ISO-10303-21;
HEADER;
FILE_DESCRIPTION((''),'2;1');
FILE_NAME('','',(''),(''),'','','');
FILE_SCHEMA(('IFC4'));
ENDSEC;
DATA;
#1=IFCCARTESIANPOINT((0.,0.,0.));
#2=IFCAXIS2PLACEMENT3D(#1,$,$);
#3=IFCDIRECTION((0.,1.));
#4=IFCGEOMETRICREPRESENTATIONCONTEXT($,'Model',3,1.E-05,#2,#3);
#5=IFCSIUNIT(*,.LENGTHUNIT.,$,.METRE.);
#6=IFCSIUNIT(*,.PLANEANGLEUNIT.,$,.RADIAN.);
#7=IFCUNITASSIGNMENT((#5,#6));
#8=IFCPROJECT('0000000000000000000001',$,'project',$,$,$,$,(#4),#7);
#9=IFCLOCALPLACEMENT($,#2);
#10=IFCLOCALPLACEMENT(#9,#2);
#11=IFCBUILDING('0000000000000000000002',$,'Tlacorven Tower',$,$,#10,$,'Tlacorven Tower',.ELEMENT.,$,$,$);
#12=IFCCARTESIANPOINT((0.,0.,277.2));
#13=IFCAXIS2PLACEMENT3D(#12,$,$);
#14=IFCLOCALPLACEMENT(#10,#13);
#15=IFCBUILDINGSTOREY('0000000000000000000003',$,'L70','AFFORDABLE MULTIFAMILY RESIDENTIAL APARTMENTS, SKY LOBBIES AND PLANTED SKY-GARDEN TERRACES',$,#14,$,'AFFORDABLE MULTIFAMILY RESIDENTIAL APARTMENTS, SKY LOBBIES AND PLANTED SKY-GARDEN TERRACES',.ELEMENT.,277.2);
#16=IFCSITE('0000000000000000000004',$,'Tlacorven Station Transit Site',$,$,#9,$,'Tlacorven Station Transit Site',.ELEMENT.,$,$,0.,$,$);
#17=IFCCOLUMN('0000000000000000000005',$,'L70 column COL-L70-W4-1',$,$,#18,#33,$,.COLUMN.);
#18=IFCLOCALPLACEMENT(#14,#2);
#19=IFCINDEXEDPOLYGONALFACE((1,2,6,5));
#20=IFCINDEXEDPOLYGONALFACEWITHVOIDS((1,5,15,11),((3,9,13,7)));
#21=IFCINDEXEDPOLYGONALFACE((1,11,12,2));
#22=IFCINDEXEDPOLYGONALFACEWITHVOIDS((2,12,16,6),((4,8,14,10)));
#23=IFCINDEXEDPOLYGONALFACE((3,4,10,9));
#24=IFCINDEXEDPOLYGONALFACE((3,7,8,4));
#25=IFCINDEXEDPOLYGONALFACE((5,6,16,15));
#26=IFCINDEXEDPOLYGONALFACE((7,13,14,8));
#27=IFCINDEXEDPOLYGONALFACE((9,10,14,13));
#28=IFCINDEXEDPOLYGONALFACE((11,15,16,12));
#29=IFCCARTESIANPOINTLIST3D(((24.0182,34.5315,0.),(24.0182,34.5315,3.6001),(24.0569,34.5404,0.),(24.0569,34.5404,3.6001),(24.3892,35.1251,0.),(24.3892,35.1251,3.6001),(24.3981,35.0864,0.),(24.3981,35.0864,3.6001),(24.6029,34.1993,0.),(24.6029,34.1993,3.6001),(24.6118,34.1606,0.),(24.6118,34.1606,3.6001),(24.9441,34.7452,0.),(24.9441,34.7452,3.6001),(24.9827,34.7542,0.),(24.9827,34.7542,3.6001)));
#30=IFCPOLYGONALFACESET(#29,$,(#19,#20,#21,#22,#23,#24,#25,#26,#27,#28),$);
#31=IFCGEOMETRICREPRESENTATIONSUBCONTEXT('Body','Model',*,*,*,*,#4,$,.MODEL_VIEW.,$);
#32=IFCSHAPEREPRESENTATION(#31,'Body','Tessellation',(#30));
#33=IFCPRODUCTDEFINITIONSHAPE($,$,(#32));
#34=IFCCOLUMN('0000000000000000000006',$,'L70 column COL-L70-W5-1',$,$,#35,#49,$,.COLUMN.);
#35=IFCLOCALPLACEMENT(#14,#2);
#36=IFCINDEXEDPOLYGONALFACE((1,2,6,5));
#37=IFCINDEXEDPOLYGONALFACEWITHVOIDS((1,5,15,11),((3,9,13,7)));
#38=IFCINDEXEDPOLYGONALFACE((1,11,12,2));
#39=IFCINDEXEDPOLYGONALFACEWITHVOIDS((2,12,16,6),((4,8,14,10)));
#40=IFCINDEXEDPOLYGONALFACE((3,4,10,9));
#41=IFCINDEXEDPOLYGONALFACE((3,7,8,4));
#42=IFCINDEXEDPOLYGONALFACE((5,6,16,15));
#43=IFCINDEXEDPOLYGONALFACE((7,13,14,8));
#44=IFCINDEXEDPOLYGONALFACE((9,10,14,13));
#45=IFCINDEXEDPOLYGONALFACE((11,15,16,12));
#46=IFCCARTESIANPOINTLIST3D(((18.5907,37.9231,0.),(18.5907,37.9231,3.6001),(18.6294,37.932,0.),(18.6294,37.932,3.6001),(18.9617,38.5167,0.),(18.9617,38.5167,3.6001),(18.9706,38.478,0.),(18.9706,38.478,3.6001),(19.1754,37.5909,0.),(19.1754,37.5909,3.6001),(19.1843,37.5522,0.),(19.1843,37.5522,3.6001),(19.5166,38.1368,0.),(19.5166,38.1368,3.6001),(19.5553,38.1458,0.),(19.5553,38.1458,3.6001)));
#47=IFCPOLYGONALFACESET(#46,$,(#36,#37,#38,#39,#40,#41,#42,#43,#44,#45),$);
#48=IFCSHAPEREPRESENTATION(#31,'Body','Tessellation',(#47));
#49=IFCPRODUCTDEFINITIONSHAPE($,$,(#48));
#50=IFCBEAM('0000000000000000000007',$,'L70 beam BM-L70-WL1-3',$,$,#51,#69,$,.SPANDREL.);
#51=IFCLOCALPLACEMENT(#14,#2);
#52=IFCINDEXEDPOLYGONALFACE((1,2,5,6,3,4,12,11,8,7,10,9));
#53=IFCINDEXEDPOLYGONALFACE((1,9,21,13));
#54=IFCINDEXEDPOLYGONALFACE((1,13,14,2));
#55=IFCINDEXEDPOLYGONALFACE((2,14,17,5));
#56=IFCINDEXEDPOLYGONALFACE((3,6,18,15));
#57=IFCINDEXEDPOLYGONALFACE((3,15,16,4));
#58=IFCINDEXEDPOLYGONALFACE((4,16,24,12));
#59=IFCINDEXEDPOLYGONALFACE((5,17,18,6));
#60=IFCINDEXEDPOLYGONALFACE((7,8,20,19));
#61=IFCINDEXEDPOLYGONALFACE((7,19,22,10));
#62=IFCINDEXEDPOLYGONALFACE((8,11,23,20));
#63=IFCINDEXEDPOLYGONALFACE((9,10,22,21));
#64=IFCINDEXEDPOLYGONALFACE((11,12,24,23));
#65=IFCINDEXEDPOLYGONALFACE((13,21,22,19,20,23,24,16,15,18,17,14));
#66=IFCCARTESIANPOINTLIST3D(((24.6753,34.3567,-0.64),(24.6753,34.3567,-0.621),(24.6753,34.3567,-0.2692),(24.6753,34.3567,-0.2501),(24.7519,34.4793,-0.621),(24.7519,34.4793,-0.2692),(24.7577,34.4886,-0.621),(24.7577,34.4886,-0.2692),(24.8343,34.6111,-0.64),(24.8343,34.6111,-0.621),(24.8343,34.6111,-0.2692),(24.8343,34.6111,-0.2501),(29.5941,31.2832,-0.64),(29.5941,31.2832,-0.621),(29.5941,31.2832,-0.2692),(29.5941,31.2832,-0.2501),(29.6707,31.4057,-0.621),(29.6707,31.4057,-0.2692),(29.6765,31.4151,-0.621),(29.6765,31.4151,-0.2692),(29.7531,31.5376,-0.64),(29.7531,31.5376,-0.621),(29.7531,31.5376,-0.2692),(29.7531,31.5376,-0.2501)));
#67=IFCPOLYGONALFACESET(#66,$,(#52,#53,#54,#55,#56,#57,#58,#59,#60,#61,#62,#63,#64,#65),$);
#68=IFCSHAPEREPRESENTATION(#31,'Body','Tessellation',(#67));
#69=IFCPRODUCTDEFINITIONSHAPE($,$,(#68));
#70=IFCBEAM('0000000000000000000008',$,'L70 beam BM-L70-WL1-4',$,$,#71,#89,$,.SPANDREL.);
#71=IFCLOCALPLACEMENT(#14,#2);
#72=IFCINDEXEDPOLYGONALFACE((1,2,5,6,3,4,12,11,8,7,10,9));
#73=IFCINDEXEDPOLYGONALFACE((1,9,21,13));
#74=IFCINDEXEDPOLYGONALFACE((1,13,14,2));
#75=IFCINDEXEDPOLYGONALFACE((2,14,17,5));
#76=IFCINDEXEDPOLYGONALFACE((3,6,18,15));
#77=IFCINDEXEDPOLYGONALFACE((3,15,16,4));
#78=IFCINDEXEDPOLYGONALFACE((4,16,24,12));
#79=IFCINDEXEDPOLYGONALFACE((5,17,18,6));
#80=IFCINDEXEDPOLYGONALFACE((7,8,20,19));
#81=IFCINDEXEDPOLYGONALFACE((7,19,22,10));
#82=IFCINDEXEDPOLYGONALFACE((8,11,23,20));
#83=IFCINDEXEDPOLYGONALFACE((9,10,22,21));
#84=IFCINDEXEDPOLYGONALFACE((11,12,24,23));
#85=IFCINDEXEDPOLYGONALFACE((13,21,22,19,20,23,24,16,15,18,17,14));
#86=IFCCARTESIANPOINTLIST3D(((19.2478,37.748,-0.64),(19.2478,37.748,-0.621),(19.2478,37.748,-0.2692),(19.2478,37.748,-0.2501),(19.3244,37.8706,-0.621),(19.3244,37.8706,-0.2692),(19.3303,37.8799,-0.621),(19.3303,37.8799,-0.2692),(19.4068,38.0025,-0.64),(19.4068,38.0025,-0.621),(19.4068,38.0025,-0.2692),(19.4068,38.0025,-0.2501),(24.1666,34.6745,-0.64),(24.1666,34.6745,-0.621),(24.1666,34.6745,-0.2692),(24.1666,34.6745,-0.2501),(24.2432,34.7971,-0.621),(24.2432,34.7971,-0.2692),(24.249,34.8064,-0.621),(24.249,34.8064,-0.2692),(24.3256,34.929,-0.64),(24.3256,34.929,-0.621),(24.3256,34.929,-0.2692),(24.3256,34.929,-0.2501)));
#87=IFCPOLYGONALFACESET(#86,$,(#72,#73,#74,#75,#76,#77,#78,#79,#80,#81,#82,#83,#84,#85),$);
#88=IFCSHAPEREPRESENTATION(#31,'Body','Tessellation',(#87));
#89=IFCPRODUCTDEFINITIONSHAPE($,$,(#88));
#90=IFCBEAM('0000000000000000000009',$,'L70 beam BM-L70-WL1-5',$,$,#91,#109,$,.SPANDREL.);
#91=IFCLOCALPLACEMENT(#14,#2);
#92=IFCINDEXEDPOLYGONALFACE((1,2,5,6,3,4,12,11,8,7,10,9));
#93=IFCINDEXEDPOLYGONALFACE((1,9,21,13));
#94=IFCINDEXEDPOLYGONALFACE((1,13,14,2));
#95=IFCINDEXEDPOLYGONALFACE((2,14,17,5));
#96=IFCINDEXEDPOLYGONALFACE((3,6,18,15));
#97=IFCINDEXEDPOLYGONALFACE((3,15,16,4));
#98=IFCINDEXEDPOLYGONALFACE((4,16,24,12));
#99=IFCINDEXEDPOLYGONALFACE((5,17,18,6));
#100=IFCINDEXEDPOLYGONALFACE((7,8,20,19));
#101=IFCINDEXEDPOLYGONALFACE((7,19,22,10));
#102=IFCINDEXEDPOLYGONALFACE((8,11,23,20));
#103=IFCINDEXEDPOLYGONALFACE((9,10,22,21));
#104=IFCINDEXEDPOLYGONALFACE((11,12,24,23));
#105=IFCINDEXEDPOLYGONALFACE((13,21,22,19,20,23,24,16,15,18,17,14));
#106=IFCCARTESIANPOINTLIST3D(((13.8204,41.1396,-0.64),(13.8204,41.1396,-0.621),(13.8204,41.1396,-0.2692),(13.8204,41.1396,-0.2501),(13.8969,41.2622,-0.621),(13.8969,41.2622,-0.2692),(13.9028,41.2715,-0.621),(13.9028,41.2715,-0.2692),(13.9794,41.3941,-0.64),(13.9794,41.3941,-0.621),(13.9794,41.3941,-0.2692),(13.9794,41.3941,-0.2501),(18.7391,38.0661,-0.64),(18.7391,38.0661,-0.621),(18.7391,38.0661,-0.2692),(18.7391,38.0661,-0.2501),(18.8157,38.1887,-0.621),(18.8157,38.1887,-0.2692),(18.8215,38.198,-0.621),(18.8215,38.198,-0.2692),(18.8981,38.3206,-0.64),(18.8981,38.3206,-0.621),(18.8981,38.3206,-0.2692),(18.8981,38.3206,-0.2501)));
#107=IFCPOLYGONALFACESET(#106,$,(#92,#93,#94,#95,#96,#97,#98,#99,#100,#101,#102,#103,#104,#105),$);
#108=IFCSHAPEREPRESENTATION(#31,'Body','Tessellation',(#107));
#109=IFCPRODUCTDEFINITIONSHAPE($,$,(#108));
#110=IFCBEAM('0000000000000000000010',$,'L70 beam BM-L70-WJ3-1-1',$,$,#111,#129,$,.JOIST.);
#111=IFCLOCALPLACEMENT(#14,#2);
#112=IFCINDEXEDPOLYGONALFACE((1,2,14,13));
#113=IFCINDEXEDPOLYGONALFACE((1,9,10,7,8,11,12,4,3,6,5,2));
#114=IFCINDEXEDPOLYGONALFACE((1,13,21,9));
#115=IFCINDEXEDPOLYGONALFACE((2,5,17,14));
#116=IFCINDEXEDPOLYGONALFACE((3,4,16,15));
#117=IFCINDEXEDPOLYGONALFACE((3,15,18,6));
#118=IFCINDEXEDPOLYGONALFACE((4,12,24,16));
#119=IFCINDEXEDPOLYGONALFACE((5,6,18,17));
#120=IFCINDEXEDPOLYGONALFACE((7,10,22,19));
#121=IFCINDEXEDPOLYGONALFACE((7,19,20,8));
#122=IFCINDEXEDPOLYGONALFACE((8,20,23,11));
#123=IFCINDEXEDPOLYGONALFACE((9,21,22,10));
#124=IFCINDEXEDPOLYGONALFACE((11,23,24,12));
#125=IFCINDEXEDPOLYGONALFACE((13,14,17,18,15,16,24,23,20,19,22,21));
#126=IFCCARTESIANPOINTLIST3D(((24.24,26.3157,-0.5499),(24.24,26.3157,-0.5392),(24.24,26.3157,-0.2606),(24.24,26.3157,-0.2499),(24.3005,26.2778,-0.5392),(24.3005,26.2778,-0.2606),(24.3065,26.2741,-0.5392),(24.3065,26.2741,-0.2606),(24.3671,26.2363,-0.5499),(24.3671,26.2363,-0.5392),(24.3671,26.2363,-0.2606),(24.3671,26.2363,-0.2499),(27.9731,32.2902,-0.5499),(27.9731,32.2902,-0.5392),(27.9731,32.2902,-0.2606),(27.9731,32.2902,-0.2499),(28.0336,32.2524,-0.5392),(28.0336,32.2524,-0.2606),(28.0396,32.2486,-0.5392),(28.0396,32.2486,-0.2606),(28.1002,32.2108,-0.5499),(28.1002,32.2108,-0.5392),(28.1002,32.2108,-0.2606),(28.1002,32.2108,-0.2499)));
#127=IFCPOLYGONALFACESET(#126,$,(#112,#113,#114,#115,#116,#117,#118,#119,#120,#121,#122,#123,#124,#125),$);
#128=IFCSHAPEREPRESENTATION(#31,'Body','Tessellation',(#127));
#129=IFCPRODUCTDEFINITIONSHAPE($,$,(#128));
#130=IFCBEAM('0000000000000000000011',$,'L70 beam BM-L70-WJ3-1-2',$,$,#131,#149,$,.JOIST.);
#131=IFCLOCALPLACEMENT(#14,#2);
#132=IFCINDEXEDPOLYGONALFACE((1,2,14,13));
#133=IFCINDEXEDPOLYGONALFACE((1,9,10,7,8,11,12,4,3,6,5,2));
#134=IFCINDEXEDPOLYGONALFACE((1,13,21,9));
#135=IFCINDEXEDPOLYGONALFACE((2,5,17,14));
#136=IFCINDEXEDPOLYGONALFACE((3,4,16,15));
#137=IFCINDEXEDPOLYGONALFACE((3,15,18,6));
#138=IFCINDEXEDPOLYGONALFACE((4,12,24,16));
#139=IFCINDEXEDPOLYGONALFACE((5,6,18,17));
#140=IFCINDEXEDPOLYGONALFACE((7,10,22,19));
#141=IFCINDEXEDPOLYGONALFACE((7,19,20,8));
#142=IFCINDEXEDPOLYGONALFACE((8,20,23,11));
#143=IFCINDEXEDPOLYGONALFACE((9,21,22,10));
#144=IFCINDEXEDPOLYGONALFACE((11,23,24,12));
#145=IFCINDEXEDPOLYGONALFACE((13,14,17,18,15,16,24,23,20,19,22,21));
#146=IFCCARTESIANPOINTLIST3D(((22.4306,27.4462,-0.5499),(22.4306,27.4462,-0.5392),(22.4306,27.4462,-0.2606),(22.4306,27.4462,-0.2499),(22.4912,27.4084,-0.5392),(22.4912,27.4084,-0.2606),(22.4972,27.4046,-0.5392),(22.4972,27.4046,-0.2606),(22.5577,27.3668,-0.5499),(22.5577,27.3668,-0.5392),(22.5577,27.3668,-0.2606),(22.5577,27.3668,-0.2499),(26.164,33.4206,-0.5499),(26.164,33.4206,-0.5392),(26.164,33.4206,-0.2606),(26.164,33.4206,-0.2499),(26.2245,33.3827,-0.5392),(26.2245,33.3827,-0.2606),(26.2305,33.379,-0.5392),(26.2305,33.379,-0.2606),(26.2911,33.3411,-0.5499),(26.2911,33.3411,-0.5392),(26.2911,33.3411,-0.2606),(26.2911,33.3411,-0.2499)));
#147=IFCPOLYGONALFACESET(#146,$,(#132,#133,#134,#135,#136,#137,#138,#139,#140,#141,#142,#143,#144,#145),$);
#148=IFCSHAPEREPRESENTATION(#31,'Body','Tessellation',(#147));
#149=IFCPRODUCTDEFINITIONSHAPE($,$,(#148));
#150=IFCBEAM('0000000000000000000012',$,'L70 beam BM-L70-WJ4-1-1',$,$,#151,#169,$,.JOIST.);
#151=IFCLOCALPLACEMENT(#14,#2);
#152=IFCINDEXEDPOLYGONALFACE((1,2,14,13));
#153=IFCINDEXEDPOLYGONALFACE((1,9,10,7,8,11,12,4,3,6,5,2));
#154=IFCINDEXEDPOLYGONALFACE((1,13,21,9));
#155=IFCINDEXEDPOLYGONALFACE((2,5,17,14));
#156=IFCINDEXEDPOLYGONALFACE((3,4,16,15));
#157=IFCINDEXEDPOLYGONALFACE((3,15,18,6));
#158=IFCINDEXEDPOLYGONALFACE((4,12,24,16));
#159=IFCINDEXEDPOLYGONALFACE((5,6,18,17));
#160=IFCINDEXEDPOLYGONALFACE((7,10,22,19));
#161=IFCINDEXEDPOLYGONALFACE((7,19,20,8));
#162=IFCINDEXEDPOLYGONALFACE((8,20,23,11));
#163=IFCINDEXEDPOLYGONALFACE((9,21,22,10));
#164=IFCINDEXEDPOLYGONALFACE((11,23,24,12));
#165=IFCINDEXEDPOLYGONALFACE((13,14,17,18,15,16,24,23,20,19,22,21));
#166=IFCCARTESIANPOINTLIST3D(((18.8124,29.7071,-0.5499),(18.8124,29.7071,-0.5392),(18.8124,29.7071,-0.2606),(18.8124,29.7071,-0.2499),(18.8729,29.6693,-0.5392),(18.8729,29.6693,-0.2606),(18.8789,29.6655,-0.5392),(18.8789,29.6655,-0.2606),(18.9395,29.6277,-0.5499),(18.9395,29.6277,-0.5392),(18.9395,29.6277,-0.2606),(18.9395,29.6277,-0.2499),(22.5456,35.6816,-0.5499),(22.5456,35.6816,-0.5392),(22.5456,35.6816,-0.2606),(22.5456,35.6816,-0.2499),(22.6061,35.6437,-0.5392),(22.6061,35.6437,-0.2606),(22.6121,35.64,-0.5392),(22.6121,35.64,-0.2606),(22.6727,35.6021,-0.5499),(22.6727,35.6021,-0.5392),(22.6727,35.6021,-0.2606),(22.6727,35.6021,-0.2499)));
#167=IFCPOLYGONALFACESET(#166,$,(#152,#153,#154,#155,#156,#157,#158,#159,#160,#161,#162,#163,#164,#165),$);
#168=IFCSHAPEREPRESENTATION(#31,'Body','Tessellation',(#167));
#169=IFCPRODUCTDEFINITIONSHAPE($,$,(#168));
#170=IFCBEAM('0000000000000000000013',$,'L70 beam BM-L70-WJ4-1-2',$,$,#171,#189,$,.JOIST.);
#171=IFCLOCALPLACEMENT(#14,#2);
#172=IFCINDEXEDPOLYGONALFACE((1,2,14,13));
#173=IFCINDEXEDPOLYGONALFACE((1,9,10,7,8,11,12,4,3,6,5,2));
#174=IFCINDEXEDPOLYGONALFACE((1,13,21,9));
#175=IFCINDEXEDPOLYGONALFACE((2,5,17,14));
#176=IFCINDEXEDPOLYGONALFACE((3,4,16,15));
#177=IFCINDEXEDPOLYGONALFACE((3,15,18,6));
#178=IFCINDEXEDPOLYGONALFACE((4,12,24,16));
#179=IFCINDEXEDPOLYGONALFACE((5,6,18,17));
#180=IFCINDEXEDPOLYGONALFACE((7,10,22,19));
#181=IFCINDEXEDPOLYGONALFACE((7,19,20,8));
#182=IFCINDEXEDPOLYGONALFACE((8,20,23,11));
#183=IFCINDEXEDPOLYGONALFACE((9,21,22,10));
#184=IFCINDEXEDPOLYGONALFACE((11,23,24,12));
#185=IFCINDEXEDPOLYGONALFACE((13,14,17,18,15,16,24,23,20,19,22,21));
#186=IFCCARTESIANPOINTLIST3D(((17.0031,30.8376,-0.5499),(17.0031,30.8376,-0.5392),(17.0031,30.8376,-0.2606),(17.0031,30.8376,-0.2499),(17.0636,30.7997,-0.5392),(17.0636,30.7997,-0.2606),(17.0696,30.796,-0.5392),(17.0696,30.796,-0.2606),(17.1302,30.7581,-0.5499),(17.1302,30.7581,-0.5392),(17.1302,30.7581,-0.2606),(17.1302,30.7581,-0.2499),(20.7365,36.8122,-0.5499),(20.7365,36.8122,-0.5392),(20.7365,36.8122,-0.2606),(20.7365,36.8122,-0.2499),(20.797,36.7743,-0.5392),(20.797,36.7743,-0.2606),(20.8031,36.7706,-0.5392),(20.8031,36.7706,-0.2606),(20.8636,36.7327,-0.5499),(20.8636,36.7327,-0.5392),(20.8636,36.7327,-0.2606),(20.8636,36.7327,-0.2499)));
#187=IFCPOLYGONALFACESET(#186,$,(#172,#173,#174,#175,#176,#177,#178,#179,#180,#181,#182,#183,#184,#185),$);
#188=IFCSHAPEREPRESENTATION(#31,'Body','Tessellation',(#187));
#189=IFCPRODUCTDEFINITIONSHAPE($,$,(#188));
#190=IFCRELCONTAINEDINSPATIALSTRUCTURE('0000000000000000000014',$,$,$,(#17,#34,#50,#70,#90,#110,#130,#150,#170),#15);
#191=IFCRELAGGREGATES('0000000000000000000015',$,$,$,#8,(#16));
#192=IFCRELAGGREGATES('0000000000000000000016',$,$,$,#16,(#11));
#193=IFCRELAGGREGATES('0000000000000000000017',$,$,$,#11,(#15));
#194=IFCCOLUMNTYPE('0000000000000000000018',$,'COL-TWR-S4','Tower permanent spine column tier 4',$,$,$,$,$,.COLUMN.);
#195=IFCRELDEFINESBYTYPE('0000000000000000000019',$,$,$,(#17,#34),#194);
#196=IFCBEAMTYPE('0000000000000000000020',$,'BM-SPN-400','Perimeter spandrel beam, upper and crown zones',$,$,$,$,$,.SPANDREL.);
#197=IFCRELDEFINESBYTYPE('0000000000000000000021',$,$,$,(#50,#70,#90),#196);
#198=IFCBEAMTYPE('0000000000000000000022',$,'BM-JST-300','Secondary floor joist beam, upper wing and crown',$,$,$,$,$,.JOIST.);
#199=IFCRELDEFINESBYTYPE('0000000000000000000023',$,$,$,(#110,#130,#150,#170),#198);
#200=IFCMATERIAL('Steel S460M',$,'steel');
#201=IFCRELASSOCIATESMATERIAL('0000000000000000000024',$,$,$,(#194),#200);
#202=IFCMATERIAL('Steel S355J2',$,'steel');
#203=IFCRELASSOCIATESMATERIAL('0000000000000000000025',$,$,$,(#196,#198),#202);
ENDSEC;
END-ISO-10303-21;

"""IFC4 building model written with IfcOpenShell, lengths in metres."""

from ifc_helpers import new_model, si_unit, direction, frame, origin, origin_2d, place, context, subcontext, project, spatial, hollow_rectangle, i_section, extrude, source, transform, mapped, material, material_profile, profile_set, type_object, element, save


model = new_model("IFC4")

# Units and contexts
model_context = context("Model", 3, precision=1e-05, world=origin(), true_north=direction((0.0, 1.0)))
body_context = subcontext(model_context, "Body", "Model", "MODEL_VIEW")
ifc_project = project(units=[si_unit("LENGTHUNIT", "METRE"), si_unit("PLANEANGLEUNIT", "RADIAN")], contexts=[model_context])

# Site, building, storey
site_placement = place(None, origin())
site = spatial("IfcSite", under=ifc_project, at=site_placement, Name="Tlacorven Station Transit Site", LongName="Tlacorven Station Transit Site", CompositionType="ELEMENT", RefElevation=0.0)
building_placement = place(site_placement, origin())
building = spatial("IfcBuilding", under=site, at=building_placement, Name="Tlacorven Tower", LongName="Tlacorven Tower", CompositionType="ELEMENT")
storey_placement = place(building_placement, frame((0.0, 0.0, 277.2)))
storey = spatial("IfcBuildingStorey", under=building, at=storey_placement, Name="L70", Description="AFFORDABLE MULTIFAMILY RESIDENTIAL APARTMENTS, SKY LOBBIES AND PLANTED SKY-GARDEN TERRACES", LongName="AFFORDABLE MULTIFAMILY RESIDENTIAL APARTMENTS, SKY LOBBIES AND PLANTED SKY-GARDEN TERRACES", CompositionType="ELEMENT", Elevation=277.2)

# Columns
ifc_material_1 = material(Name="Steel S460M", Category="steel")
ifc_material_profile_1 = material_profile(ifc_material_1, hollow_rectangle(XDim=0.7, YDim=0.7, WallThickness=0.0281, at=origin_2d()), Name="BOX 700X700X28")
ifc_profile_set_1 = profile_set([ifc_material_profile_1], Name="Steel S460M")
column_type = type_object("IfcColumnType", Name="COL-TWR-S4", Description="Tower permanent spine column tier 4", PredefinedType="COLUMN", material=ifc_profile_set_1)
shared_shape_1 = source(origin(), body_context, "Body", "SweptSolid", [
    extrude(hollow_rectangle(XDim=0.7, YDim=0.7, WallThickness=0.0281, at=origin_2d()), origin(), (0.0, 0.0, 1.0), 3.6001),
])
for number, where, z_axis, x_axis, name in (
    (1, (24.5005, 34.6428, 0.0), (0.0, 0.0, 1.0), (-0.848048, 0.529919, 0.0), "L70 column COL-L70-W4-1"),
    (2, (19.073, 38.0344, 0.0), (0.0, 0.0, 1.0), (-0.848048, 0.529919, 0.0), "L70 column COL-L70-W5-1"),
):
    element("IfcColumn", number, at=place(storey_placement, frame(where, z_axis=z_axis, x_axis=x_axis)), inside=storey, type_object=column_type, Name=name, PredefinedType="COLUMN", context=body_context, shape_type="MappedRepresentation", body=[
        mapped(shared_shape_1, transform((0.0, 0.0, 0.0), scale=1.0)),
    ])

# Beams
ifc_material_2 = material(Name="Steel S355J2", Category="steel")
ifc_material_profile_2 = material_profile(ifc_material_2, i_section(OverallWidth=0.3, OverallDepth=0.3899, WebThickness=0.011, FlangeThickness=0.019, at=origin_2d()), Name="HEA 400")
ifc_profile_set_2 = profile_set([ifc_material_profile_2], Name="Steel S355J2")
beam_type_1 = type_object("IfcBeamType", Name="BM-SPN-400", Description="Perimeter spandrel beam, upper and crown zones", PredefinedType="SPANDREL", material=ifc_profile_set_2)
shared_shape_2 = source(origin(), body_context, "Body", "SweptSolid", [
    extrude(i_section(OverallWidth=0.3, OverallDepth=0.3899, WebThickness=0.011, FlangeThickness=0.019, at=origin_2d()), origin(), (0.0, 0.0, 1.0), 5.8),
])
for number, where, z_axis, x_axis, name in (
    (3, (29.6736, 31.4104, -0.4451), (-0.848053, 0.529912, 0.0), (-0.529912, -0.848053, 0.0), "L70 beam BM-L70-WL1-3"),
    (4, (24.2461, 34.8018, -0.4451), (-0.848053, 0.529912, 0.0), (-0.529912, -0.848053, 0.0), "L70 beam BM-L70-WL1-4"),
    (5, (18.8186, 38.1934, -0.4451), (-0.848053, 0.529912, 0.0), (-0.529912, -0.848053, 0.0), "L70 beam BM-L70-WL1-5"),
):
    element("IfcBeam", number, at=place(storey_placement, frame(where, z_axis=z_axis, x_axis=x_axis)), inside=storey, type_object=beam_type_1, Name=name, PredefinedType="SPANDREL", context=body_context, shape_type="MappedRepresentation", body=[
        mapped(shared_shape_2, transform((0.0, 0.0, 0.0), scale=1.0)),
    ])
ifc_material_profile_3 = material_profile(ifc_material_2, i_section(OverallWidth=0.1499, OverallDepth=0.3, WebThickness=0.0071, FlangeThickness=0.0107, at=origin_2d()), Name="IPE 300")
ifc_profile_set_3 = profile_set([ifc_material_profile_3], Name="Steel S355J2")
beam_type_2 = type_object("IfcBeamType", Name="BM-JST-300", Description="Secondary floor joist beam, upper wing and crown", PredefinedType="JOIST", material=ifc_profile_set_3)
shared_shape_3 = source(origin(), body_context, "Body", "SweptSolid", [
    extrude(i_section(OverallWidth=0.1499, OverallDepth=0.3, WebThickness=0.0071, FlangeThickness=0.0107, at=origin_2d()), origin(), (0.0, 0.0, 1.0), 7.0449),
])
for number, where, z_axis, x_axis, name in (
    (6, (28.0366, 32.2505, -0.3999), (-0.529899, -0.848061, 0.0), (0.848061, -0.529899, 0.0), "L70 beam BM-L70-WJ3-1-1"),
    (7, (26.2275, 33.3809, -0.3999), (-0.52994, -0.848035, 0.0), (0.848035, -0.52994, 0.0), "L70 beam BM-L70-WJ3-1-2"),
    (8, (22.6091, 35.6418, -0.3999), (-0.529915, -0.848051, 0.0), (0.848051, -0.529915, 0.0), "L70 beam BM-L70-WJ4-1-1"),
):
    element("IfcBeam", number, at=place(storey_placement, frame(where, z_axis=z_axis, x_axis=x_axis)), inside=storey, type_object=beam_type_2, Name=name, PredefinedType="JOIST", context=body_context, shape_type="MappedRepresentation", body=[
        mapped(shared_shape_3, transform((0.0, 0.0, 0.0), scale=1.0)),
    ])
shared_shape_4 = source(origin(), body_context, "Body", "SweptSolid", [
    extrude(i_section(OverallWidth=0.1499, OverallDepth=0.3, WebThickness=0.0071, FlangeThickness=0.0107, at=origin_2d()), origin(), (0.0, 0.0, 1.0), 7.0452),
])
beam_1_placement = place(storey_placement, frame((20.8, 36.7725, -0.3999), z_axis=(-0.529924, -0.848045, 0.0), x_axis=(0.848045, -0.529924, 0.0)))
element("IfcBeam", 9, at=beam_1_placement, inside=storey, type_object=beam_type_2, Name="L70 beam BM-L70-WJ4-1-2", PredefinedType="JOIST", context=body_context, shape_type="MappedRepresentation", body=[
    mapped(shared_shape_4, transform((0.0, 0.0, 0.0), scale=1.0)),
])

save(model, "model.ifc")
